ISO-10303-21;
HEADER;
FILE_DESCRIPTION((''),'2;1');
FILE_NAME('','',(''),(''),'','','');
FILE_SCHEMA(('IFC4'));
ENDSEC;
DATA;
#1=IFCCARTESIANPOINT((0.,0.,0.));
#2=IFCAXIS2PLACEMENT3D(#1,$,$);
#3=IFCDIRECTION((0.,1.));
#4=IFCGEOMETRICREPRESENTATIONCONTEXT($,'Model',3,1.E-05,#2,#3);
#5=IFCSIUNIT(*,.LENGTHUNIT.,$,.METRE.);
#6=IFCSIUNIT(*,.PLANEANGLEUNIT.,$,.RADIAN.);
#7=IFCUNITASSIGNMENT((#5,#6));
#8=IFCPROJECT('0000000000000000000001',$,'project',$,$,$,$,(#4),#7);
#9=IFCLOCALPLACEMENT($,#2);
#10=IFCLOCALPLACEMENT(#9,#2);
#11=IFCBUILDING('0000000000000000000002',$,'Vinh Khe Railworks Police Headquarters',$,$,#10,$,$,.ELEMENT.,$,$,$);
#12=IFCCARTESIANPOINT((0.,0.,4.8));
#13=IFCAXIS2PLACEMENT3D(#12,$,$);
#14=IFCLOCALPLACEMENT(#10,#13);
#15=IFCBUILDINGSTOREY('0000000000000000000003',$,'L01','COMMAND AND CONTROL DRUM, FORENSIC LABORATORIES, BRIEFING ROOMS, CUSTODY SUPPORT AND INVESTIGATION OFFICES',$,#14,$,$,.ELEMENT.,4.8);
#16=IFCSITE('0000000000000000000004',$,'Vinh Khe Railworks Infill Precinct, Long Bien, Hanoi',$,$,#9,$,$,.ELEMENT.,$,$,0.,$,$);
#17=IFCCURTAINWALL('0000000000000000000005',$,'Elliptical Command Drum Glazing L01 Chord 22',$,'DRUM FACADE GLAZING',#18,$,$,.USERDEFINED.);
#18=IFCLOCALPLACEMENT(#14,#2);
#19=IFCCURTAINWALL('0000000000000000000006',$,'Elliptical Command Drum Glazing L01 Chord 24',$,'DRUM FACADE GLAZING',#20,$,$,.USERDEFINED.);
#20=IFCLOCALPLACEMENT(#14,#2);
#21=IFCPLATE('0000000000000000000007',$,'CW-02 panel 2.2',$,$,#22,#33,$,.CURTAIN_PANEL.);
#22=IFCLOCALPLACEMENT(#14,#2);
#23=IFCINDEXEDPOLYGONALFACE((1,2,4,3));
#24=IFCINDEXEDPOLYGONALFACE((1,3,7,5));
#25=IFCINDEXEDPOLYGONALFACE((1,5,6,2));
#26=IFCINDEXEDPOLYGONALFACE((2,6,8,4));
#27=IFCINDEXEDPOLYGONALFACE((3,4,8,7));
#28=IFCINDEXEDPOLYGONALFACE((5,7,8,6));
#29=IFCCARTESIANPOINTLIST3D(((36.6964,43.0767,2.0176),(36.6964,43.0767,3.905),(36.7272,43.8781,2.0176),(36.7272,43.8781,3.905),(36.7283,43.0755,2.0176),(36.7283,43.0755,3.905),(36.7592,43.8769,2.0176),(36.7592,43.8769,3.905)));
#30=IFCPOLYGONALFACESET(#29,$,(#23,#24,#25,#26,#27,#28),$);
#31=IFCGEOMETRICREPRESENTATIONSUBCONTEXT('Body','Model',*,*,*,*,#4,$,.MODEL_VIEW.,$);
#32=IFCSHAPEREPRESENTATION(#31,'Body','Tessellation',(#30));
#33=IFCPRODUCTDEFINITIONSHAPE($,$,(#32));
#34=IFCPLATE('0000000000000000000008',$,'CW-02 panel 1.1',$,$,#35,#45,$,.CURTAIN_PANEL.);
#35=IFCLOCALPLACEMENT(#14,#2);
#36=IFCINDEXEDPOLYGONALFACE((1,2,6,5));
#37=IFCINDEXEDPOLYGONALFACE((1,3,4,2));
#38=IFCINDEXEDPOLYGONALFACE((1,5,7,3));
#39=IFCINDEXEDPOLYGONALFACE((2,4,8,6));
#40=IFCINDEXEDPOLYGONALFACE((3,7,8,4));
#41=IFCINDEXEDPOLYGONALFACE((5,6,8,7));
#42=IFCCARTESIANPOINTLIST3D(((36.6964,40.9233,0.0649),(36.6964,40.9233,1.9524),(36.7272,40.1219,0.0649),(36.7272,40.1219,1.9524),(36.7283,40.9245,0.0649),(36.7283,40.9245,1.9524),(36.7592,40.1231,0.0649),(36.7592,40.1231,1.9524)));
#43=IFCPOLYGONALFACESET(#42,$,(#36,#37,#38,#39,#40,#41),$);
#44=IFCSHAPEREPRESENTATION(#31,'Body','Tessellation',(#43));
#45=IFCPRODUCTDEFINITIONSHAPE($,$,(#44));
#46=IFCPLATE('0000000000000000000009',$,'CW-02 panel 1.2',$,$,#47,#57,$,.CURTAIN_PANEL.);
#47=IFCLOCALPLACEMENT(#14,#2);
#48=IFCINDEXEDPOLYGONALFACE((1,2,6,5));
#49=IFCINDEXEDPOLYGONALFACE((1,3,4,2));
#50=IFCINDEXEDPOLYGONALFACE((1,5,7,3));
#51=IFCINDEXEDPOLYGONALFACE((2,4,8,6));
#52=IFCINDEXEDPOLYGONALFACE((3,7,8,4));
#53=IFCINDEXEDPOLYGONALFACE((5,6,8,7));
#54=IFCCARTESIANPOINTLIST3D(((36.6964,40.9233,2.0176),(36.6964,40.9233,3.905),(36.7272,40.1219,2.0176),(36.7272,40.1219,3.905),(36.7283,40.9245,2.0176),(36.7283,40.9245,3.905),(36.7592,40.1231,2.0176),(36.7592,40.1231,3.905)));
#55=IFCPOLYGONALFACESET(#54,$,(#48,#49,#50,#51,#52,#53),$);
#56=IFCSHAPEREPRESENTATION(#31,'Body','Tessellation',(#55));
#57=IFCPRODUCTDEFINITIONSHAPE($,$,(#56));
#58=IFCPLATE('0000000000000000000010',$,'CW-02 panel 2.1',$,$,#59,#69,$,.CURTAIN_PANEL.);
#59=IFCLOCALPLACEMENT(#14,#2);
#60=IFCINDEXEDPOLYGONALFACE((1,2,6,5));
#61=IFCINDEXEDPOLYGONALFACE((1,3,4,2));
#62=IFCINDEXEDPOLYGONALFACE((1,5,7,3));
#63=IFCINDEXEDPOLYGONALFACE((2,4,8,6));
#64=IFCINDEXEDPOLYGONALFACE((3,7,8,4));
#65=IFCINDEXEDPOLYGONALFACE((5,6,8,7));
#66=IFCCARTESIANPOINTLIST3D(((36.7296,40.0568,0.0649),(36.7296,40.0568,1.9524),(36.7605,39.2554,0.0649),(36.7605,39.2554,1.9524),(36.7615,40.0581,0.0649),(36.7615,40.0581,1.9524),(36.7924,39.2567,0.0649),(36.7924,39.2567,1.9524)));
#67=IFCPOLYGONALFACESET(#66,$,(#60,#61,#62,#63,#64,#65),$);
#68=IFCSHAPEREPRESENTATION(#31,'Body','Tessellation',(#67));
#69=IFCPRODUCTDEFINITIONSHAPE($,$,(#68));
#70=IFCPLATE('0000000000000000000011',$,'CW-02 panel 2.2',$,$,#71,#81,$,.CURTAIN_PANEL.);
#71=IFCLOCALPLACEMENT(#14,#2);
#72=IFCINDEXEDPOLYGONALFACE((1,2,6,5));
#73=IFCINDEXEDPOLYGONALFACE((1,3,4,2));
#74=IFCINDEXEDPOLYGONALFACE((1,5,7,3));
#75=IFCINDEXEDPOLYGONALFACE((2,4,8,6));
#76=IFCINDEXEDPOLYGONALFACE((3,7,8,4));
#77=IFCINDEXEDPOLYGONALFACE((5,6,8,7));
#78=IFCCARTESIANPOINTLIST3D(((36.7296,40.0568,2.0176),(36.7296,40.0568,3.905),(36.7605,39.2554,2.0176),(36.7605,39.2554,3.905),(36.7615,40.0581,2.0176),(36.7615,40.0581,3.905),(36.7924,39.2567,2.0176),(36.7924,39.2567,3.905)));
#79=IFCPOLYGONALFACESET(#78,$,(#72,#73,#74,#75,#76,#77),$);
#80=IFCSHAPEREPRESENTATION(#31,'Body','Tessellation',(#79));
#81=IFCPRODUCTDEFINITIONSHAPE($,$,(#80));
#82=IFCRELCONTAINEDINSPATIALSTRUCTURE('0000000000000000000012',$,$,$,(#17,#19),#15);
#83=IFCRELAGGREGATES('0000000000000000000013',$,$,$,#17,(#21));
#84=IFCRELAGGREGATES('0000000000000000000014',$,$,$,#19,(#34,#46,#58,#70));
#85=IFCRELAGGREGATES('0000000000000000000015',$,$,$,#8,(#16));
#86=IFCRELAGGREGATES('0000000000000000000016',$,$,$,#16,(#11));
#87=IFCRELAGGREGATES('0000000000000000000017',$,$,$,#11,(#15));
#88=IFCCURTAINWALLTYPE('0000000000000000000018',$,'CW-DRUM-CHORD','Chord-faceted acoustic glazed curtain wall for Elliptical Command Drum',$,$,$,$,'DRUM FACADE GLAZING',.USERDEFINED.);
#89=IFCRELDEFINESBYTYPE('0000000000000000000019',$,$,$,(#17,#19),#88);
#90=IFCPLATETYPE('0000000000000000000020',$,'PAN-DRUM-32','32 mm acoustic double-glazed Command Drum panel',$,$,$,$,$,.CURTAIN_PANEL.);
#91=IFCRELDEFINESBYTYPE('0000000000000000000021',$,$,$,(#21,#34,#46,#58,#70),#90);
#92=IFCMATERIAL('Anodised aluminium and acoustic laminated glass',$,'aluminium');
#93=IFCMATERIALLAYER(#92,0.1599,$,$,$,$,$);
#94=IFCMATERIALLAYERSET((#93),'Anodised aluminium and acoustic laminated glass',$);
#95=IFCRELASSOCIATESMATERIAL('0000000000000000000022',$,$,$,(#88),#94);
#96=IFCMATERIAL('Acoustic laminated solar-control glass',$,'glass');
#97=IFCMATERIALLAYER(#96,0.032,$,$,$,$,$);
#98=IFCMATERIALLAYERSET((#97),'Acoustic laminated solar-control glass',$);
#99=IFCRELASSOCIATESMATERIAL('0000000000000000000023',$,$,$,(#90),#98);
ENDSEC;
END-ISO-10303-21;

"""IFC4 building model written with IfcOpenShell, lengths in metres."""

from ifc_helpers import new_model, si_unit, direction, frame, origin, origin_2d, place, context, subcontext, project, spatial, rectangle, extrude, material, layer, layer_set, type_object, element, aggregate, save


model = new_model("IFC4")

# Units and contexts
model_context = context("Model", 3, precision=1e-05, world=origin(), true_north=direction((0.0, 1.0)))
body_context = subcontext(model_context, "Body", "Model", "MODEL_VIEW")
ifc_project = project(units=[si_unit("LENGTHUNIT", "METRE"), si_unit("PLANEANGLEUNIT", "RADIAN")], contexts=[model_context])

# Site, building, storey
site_placement = place(None, origin())
site = spatial("IfcSite", under=ifc_project, at=site_placement, Name="Vinh Khe Railworks Infill Precinct, Long Bien, Hanoi", CompositionType="ELEMENT", RefElevation=0.0)
building_placement = place(site_placement, origin())
building = spatial("IfcBuilding", under=site, at=building_placement, Name="Vinh Khe Railworks Police Headquarters", CompositionType="ELEMENT")
storey_placement = place(building_placement, frame((0.0, 0.0, 4.8)))
storey = spatial("IfcBuildingStorey", under=building, at=storey_placement, Name="L01", Description="COMMAND AND CONTROL DRUM, FORENSIC LABORATORIES, BRIEFING ROOMS, CUSTODY SUPPORT AND INVESTIGATION OFFICES", CompositionType="ELEMENT", Elevation=4.8)

# Curtain wall
ifc_material_1 = material(Name="Anodised aluminium and acoustic laminated glass", Category="aluminium")
ifc_layer_1 = layer(ifc_material_1, 0.1599)
ifc_layer_set_1 = layer_set([ifc_layer_1], Name="Anodised aluminium and acoustic laminated glass")
curtain_wall_type = type_object("IfcCurtainWallType", Name="CW-DRUM-CHORD", Description="Chord-faceted acoustic glazed curtain wall for Elliptical Command Drum", ElementType="DRUM FACADE GLAZING", PredefinedType="USERDEFINED", material=ifc_layer_set_1)
curtain_wall_1_placement = place(storey_placement, origin())
curtain_wall_1 = element("IfcCurtainWall", 1, at=curtain_wall_1_placement, inside=storey, type_object=curtain_wall_type, Name="Elliptical Command Drum Glazing L01 Chord 22", ObjectType="DRUM FACADE GLAZING", PredefinedType="USERDEFINED")

# Curtain wall
curtain_wall_2_placement = place(storey_placement, origin())
curtain_wall_2 = element("IfcCurtainWall", 2, at=curtain_wall_2_placement, inside=storey, type_object=curtain_wall_type, Name="Elliptical Command Drum Glazing L01 Chord 24", ObjectType="DRUM FACADE GLAZING", PredefinedType="USERDEFINED")

# Plates
ifc_material_2 = material(Name="Acoustic laminated solar-control glass", Category="glass")
ifc_layer_2 = layer(ifc_material_2, 0.032)
ifc_layer_set_2 = layer_set([ifc_layer_2], Name="Acoustic laminated solar-control glass")
plate_type = type_object("IfcPlateType", Name="PAN-DRUM-32", Description="32 mm acoustic double-glazed Command Drum panel", PredefinedType="CURTAIN_PANEL", material=ifc_layer_set_2)
plate_1_placement = place(storey_placement, frame((36.7278, 43.4768, 2.0176), z_axis=(0.0, 0.0, 1.0), x_axis=(-0.038512, -0.999258, 0.0)))
plate_1 = element("IfcPlate", 3, at=plate_1_placement, type_object=plate_type, Name="CW-02 panel 2.2", PredefinedType="CURTAIN_PANEL", context=body_context, shape_type="SweptSolid", body=[
    extrude(rectangle(XDim=0.802, YDim=0.032, at=origin_2d()), origin(), (0.0, 0.0, 1.0), 1.8875),
])
aggregate(curtain_wall_1, [plate_1])
plate_2_placement = place(storey_placement, frame((36.7278, 40.5232, 0.0649), z_axis=(0.0, 0.0, 1.0), x_axis=(0.038512, -0.999258, 0.0)))
plate_2 = element("IfcPlate", 4, at=plate_2_placement, type_object=plate_type, Name="CW-02 panel 1.1", PredefinedType="CURTAIN_PANEL", context=body_context, shape_type="SweptSolid", body=[
    extrude(rectangle(XDim=0.802, YDim=0.032, at=origin_2d()), origin(), (0.0, 0.0, 1.0), 1.8875),
])
plate_3_placement = place(storey_placement, frame((36.7278, 40.5232, 2.0176), z_axis=(0.0, 0.0, 1.0), x_axis=(0.038512, -0.999258, 0.0)))
plate_3 = element("IfcPlate", 5, at=plate_3_placement, type_object=plate_type, Name="CW-02 panel 1.2", PredefinedType="CURTAIN_PANEL", context=body_context, shape_type="SweptSolid", body=[
    extrude(rectangle(XDim=0.802, YDim=0.032, at=origin_2d()), origin(), (0.0, 0.0, 1.0), 1.8875),
])
plate_4_placement = place(storey_placement, frame((36.761, 39.6567, 0.0649), z_axis=(0.0, 0.0, 1.0), x_axis=(0.038512, -0.999258, 0.0)))
plate_4 = element("IfcPlate", 6, at=plate_4_placement, type_object=plate_type, Name="CW-02 panel 2.1", PredefinedType="CURTAIN_PANEL", context=body_context, shape_type="SweptSolid", body=[
    extrude(rectangle(XDim=0.802, YDim=0.032, at=origin_2d()), origin(), (0.0, 0.0, 1.0), 1.8875),
])
plate_5_placement = place(storey_placement, frame((36.761, 39.6567, 2.0176), z_axis=(0.0, 0.0, 1.0), x_axis=(0.038512, -0.999258, 0.0)))
plate_5 = element("IfcPlate", 7, at=plate_5_placement, type_object=plate_type, Name="CW-02 panel 2.2", PredefinedType="CURTAIN_PANEL", context=body_context, shape_type="SweptSolid", body=[
    extrude(rectangle(XDim=0.802, YDim=0.032, at=origin_2d()), origin(), (0.0, 0.0, 1.0), 1.8875),
])
aggregate(curtain_wall_2, [plate_2, plate_3, plate_4, plate_5])

save(model, "model.ifc")
